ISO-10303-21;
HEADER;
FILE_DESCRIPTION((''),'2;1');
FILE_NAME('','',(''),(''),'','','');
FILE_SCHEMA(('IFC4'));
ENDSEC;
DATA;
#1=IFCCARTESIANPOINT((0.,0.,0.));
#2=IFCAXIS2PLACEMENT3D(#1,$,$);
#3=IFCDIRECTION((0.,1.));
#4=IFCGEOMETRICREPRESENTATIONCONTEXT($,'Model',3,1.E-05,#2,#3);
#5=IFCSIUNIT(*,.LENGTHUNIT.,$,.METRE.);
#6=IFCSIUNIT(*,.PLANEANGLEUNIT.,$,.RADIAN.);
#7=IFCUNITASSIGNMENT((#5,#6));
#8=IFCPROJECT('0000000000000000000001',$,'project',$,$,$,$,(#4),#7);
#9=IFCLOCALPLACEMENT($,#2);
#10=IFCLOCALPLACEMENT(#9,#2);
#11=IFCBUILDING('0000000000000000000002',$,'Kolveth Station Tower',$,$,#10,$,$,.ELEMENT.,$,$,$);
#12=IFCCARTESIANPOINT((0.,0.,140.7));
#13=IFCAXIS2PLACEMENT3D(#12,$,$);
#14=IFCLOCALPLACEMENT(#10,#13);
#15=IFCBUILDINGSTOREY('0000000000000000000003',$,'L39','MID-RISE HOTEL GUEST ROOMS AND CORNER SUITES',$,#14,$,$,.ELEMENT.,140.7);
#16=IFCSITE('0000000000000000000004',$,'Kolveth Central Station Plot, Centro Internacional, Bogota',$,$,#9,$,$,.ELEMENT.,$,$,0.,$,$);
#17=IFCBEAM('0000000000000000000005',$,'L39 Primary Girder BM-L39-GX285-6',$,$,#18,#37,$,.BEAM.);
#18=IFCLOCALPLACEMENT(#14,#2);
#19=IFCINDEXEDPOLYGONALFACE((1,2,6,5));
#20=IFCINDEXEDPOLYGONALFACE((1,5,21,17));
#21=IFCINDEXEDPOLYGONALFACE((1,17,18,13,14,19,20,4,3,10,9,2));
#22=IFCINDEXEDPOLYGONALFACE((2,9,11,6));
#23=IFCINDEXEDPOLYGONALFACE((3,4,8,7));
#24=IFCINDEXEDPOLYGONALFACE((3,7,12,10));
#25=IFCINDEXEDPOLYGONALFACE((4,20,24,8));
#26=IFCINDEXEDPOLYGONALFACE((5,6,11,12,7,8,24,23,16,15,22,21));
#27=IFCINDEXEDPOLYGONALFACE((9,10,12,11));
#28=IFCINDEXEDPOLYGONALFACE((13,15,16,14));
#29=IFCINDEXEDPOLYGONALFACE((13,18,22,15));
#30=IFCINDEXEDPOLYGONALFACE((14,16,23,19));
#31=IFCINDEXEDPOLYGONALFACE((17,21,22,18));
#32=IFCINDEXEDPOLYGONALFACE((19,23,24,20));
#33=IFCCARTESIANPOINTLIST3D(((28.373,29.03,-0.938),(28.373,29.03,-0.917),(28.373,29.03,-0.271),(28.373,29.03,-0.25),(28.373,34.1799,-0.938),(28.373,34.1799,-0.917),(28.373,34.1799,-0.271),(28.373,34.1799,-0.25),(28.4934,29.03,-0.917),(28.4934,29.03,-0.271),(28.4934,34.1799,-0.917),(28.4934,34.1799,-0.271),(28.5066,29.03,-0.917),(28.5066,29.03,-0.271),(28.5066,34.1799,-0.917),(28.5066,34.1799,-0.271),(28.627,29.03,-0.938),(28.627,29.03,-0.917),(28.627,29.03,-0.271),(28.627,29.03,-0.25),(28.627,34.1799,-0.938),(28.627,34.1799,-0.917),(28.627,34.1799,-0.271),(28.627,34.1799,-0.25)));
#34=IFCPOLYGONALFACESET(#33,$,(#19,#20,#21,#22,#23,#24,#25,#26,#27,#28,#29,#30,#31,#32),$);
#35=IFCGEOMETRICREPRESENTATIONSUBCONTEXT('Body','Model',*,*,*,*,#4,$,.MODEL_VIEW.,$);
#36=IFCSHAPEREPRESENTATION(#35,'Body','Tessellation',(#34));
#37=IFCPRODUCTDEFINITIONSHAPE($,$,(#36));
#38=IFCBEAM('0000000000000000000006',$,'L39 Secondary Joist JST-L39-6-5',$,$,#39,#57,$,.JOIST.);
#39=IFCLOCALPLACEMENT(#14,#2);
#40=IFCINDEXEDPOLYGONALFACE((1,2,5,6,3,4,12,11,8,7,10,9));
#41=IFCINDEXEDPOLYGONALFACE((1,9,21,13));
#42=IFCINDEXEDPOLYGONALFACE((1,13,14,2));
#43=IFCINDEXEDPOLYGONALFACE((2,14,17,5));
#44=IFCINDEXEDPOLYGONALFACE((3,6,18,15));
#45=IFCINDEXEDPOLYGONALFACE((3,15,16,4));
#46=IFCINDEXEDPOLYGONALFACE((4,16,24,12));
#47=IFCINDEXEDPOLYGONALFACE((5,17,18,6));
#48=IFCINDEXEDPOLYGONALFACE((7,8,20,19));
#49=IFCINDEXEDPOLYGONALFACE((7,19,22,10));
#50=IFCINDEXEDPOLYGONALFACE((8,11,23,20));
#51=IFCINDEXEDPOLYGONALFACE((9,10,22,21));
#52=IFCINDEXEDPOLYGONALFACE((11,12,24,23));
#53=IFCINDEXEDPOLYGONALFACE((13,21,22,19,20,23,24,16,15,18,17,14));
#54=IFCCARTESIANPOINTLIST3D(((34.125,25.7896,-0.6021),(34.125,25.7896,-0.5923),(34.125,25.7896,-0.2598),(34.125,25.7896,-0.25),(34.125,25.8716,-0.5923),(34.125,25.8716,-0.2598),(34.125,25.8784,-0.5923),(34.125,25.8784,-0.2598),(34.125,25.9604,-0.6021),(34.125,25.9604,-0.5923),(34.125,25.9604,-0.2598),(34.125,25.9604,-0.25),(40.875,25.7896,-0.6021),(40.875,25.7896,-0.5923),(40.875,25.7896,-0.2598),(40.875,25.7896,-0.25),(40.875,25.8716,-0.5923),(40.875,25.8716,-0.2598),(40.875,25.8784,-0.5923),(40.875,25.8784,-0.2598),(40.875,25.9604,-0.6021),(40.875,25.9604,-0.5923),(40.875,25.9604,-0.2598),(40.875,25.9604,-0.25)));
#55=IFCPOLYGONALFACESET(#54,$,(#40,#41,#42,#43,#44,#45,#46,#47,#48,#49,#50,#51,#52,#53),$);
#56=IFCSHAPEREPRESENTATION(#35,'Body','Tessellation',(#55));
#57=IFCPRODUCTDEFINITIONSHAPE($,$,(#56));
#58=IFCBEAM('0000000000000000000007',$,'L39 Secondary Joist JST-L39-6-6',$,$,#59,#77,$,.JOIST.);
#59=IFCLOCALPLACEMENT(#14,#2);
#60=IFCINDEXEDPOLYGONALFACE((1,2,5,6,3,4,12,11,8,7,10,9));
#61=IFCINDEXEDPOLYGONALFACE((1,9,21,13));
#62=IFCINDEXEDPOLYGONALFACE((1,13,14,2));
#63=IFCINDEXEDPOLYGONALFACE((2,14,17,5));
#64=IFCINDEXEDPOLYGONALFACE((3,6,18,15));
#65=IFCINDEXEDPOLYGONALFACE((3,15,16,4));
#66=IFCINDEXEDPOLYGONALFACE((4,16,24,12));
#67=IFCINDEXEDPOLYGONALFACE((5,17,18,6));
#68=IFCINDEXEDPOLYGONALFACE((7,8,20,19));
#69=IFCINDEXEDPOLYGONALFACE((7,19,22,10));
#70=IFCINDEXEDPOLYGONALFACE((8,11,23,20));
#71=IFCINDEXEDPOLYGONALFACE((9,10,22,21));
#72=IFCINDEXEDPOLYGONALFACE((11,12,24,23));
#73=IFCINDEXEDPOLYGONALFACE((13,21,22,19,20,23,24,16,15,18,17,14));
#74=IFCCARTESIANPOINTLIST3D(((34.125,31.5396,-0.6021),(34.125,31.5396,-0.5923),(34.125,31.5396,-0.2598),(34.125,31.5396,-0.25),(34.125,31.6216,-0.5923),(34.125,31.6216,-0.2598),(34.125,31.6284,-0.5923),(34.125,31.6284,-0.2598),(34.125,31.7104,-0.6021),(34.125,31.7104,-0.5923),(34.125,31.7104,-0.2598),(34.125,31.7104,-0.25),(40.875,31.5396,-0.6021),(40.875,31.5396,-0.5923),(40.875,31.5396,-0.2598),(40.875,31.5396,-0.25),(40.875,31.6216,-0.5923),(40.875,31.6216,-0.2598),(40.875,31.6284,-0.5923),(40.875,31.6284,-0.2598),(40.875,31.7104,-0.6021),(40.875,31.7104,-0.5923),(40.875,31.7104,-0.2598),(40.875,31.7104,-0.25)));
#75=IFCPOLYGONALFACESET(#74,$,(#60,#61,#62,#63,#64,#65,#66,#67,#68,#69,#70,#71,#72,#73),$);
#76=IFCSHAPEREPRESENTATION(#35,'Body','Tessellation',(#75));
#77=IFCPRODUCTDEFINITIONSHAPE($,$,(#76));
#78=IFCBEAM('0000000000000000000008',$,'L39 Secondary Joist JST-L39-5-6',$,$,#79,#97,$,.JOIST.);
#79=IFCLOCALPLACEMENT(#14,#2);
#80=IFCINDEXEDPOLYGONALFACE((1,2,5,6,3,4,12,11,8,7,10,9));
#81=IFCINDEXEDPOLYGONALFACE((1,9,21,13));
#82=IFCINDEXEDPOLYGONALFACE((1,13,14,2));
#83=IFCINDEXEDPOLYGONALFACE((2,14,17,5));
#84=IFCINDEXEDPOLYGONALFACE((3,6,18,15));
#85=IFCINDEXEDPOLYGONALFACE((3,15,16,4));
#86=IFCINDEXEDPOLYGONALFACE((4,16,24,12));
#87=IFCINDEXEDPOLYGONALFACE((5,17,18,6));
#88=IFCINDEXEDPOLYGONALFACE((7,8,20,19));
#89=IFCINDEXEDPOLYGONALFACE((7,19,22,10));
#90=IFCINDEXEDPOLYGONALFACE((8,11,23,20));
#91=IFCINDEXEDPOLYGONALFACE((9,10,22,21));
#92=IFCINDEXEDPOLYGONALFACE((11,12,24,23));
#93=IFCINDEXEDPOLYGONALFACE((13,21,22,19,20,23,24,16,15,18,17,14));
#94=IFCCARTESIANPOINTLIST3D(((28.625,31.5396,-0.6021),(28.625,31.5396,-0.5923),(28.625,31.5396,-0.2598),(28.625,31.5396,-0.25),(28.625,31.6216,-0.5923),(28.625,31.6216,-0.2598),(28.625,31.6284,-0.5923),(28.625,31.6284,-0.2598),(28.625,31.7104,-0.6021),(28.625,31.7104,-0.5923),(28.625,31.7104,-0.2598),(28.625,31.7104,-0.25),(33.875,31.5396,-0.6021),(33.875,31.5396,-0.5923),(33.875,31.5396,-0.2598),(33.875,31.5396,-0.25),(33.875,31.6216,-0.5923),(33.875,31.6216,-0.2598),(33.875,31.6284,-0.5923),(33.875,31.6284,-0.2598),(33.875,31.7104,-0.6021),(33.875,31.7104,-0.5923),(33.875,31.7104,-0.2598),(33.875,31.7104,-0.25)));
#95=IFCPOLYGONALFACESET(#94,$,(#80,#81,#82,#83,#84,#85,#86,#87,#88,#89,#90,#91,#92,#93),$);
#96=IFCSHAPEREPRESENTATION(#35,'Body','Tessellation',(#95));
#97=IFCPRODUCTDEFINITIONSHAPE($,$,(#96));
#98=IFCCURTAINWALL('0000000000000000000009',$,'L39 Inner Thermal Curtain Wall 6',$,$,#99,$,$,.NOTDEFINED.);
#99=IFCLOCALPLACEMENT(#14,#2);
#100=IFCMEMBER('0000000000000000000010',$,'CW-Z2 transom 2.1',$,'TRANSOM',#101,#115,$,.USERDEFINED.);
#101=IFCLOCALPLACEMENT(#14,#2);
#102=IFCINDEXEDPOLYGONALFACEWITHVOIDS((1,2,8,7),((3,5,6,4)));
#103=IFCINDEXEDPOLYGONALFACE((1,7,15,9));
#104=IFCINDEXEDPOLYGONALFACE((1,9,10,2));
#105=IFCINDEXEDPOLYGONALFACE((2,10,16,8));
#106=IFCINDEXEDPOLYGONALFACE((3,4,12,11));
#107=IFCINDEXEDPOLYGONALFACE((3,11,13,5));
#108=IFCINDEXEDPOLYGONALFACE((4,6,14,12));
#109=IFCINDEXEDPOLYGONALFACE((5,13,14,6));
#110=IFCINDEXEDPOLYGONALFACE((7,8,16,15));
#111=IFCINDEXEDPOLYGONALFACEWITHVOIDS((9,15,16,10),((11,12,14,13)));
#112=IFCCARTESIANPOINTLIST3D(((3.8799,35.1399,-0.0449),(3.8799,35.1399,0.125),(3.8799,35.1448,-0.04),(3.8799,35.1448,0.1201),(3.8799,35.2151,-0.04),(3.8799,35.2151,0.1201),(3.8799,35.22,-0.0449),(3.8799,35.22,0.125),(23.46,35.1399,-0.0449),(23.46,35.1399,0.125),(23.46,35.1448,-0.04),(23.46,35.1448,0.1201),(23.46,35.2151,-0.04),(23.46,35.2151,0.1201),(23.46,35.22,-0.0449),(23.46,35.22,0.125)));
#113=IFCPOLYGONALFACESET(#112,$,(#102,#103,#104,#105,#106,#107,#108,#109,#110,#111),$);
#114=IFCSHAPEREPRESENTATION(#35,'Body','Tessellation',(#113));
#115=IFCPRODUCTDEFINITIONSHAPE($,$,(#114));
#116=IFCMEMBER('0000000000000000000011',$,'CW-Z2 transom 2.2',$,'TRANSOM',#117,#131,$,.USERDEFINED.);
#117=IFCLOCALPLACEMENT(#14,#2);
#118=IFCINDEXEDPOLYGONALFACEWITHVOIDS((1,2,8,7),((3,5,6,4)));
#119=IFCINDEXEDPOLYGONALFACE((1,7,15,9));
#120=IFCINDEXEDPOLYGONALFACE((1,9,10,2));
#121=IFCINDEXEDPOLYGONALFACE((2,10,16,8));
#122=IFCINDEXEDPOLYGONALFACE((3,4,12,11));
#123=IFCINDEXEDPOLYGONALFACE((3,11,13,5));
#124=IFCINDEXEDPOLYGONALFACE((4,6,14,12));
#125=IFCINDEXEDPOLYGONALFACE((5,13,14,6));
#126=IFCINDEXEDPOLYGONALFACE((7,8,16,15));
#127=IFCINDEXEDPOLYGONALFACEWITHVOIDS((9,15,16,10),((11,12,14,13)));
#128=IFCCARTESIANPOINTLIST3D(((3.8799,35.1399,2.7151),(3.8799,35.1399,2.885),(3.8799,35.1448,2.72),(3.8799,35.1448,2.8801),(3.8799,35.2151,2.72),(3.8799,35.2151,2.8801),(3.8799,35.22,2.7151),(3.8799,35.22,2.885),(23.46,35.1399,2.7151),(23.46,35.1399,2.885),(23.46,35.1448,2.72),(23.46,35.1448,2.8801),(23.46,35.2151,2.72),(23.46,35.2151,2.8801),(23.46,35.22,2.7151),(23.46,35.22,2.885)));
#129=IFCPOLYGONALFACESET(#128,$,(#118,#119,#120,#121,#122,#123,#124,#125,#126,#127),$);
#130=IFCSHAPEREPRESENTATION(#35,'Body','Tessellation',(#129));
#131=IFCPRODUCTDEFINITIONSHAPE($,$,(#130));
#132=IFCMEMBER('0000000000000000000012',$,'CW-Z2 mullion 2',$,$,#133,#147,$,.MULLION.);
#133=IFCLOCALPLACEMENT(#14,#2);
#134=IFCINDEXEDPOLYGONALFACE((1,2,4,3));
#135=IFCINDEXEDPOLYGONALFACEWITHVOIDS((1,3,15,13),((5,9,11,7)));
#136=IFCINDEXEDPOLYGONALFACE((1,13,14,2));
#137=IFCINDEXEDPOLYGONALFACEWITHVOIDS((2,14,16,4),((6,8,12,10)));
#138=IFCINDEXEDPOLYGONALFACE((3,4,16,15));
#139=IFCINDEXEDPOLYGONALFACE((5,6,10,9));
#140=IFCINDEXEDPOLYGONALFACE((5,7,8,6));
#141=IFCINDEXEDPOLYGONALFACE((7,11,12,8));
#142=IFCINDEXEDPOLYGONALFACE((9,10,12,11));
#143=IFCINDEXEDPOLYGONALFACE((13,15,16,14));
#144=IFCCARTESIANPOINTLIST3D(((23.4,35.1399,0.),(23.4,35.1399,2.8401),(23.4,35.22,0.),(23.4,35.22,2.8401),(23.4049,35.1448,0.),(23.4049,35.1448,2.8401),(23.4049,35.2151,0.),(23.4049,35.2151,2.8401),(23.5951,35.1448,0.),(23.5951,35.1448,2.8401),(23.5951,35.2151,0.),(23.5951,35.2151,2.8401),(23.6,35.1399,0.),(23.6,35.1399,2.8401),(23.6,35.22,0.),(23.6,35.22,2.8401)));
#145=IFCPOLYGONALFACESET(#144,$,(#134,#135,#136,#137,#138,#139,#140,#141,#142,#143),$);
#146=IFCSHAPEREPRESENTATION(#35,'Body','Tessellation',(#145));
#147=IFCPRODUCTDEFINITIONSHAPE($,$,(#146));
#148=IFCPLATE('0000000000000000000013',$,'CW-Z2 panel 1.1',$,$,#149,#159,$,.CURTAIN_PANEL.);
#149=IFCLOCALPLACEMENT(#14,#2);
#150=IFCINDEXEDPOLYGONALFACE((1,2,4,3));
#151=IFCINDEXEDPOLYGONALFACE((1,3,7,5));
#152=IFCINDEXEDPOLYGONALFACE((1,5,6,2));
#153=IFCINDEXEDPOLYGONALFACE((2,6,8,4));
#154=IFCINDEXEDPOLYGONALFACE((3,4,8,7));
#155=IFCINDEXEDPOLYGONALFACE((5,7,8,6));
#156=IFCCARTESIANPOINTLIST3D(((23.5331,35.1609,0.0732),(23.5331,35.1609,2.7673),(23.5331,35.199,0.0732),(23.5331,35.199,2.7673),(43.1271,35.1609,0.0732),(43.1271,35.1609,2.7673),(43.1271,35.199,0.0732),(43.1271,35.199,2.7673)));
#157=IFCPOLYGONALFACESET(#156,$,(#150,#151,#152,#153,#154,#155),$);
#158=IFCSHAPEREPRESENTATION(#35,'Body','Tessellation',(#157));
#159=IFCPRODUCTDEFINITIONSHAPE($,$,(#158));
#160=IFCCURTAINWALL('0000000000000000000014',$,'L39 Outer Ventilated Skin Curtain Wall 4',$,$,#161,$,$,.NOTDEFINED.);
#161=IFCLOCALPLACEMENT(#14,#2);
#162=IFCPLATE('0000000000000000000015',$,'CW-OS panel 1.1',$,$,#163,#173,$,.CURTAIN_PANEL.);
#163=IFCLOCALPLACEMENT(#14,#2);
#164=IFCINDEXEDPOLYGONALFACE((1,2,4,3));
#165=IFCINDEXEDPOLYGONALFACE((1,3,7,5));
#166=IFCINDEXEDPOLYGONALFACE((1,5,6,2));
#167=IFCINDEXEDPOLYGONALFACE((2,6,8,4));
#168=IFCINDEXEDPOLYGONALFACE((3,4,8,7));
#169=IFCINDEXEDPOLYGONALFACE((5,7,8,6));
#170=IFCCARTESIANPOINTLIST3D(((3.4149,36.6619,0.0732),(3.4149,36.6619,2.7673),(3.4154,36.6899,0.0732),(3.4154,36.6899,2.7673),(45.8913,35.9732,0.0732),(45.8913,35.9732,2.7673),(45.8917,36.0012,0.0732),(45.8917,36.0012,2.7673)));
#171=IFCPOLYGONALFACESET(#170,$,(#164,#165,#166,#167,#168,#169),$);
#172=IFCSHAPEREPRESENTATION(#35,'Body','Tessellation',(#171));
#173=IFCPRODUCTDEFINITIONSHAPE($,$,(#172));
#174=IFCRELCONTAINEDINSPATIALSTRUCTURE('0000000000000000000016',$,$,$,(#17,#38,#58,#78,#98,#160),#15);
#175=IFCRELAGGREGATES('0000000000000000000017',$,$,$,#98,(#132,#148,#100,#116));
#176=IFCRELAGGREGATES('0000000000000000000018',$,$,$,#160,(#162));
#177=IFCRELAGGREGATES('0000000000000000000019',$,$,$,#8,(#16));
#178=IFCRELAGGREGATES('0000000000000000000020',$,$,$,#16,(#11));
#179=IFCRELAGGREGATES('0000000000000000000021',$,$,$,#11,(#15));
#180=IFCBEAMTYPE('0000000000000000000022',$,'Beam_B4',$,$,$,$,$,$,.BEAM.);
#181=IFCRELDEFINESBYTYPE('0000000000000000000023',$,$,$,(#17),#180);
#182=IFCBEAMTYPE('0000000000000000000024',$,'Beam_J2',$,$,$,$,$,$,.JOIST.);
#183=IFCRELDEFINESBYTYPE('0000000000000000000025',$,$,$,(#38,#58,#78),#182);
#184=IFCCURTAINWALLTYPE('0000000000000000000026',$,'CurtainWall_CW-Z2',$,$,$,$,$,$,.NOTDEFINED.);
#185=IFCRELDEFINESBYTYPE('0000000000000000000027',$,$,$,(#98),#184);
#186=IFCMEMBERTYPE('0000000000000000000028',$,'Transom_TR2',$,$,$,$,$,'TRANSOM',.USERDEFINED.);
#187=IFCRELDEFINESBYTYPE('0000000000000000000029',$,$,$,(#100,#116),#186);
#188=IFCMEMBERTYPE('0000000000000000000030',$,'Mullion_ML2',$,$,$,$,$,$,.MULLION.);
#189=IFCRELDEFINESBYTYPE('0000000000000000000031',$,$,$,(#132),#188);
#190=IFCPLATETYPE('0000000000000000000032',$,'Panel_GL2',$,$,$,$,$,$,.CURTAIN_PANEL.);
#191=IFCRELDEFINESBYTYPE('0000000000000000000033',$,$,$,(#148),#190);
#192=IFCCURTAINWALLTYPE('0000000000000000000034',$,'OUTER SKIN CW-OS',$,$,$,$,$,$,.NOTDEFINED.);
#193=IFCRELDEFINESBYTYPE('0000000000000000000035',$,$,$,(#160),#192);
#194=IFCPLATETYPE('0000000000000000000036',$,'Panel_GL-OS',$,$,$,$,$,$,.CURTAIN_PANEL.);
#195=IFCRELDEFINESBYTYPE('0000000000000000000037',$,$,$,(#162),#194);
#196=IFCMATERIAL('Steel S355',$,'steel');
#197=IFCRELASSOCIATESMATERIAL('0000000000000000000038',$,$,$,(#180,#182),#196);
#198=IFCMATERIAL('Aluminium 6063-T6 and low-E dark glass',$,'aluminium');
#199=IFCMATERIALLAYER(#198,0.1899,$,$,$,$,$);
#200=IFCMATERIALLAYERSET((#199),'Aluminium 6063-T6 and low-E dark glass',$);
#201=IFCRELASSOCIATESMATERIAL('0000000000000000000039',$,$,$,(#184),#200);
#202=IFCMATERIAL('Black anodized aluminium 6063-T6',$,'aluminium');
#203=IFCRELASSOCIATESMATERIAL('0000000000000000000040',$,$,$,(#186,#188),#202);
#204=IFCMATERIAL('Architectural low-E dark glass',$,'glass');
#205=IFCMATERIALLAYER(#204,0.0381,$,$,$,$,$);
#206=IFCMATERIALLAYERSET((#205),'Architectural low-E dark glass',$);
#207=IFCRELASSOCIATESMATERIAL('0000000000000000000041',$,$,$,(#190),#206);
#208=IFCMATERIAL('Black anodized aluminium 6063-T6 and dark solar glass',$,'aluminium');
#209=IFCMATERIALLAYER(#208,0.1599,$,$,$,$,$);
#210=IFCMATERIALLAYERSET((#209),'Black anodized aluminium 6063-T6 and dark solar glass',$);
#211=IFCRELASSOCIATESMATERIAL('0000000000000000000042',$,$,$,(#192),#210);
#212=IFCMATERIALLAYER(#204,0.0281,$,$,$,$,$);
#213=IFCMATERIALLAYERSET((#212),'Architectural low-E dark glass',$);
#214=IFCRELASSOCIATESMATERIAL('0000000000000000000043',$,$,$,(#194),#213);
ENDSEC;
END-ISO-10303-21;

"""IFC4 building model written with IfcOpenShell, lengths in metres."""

from ifc_helpers import new_model, si_unit, direction, frame, origin, origin_2d, place, context, subcontext, project, spatial, rectangle, hollow_rectangle, i_section, extrude, source, transform, mapped, material, layer, layer_set, material_profile, profile_set, type_object, element, aggregate, save


model = new_model("IFC4")

# Units and contexts
model_context = context("Model", 3, precision=1e-05, world=origin(), true_north=direction((0.0, 1.0)))
body_context = subcontext(model_context, "Body", "Model", "MODEL_VIEW")
ifc_project = project(units=[si_unit("LENGTHUNIT", "METRE"), si_unit("PLANEANGLEUNIT", "RADIAN")], contexts=[model_context])

# Site, building, storey
site_placement = place(None, origin())
site = spatial("IfcSite", under=ifc_project, at=site_placement, Name="Kolveth Central Station Plot, Centro Internacional, Bogota", CompositionType="ELEMENT", RefElevation=0.0)
building_placement = place(site_placement, origin())
building = spatial("IfcBuilding", under=site, at=building_placement, Name="Kolveth Station Tower", CompositionType="ELEMENT")
storey_placement = place(building_placement, frame((0.0, 0.0, 140.7)))
storey = spatial("IfcBuildingStorey", under=building, at=storey_placement, Name="L39", Description="MID-RISE HOTEL GUEST ROOMS AND CORNER SUITES", CompositionType="ELEMENT", Elevation=140.7)

# Shared definitions
ifc_material_1 = material(Name="Steel S355", Category="steel")

# Beams
ifc_material_profile_1 = material_profile(ifc_material_1, i_section(OverallWidth=0.2539, OverallDepth=0.688, WebThickness=0.0132, FlangeThickness=0.021, at=origin_2d()), Name="W690x152")
ifc_profile_set_1 = profile_set([ifc_material_profile_1], Name="Steel S355")
beam_type_1 = type_object("IfcBeamType", Name="Beam_B4", PredefinedType="BEAM", material=ifc_profile_set_1)
shared_shape_1 = source(origin(), body_context, "Body", "SweptSolid", [
    extrude(i_section(OverallWidth=0.2539, OverallDepth=0.688, WebThickness=0.0132, FlangeThickness=0.021, at=origin_2d()), origin(), (0.0, 0.0, 1.0), 5.1499),
])
beam_1_placement = place(storey_placement, frame((28.5, 29.03, -0.594), z_axis=(0.0, 1.0, 0.0), x_axis=(-1.0, 0.0, 0.0)))
element("IfcBeam", 1, at=beam_1_placement, inside=storey, type_object=beam_type_1, Name="L39 Primary Girder BM-L39-GX285-6", PredefinedType="BEAM", context=body_context, shape_type="MappedRepresentation", body=[
    mapped(shared_shape_1, transform((0.0, 0.0, 0.0), x_axis=(1.0, 0.0, 0.0), y_axis=(0.0, 1.0, 0.0), z_axis=(0.0, 0.0, 1.0), scale=1.0)),
])
ifc_material_profile_2 = material_profile(ifc_material_1, i_section(OverallWidth=0.1709, OverallDepth=0.3521, WebThickness=0.0068, FlangeThickness=0.0098, at=origin_2d()), Name="W360x44")
ifc_profile_set_2 = profile_set([ifc_material_profile_2], Name="Steel S355")
beam_type_2 = type_object("IfcBeamType", Name="Beam_J2", PredefinedType="JOIST", material=ifc_profile_set_2)
shared_shape_2 = source(origin(), body_context, "Body", "SweptSolid", [
    extrude(i_section(OverallWidth=0.1709, OverallDepth=0.3521, WebThickness=0.0068, FlangeThickness=0.0098, at=origin_2d()), origin(), (0.0, 0.0, 1.0), 6.75),
])
for number, where, z_axis, x_axis, name in (
    (2, (34.125, 25.875, -0.426), (1.0, 0.0, 0.0), (0.0, 1.0, 0.0), "L39 Secondary Joist JST-L39-6-5"),
    (3, (34.125, 31.625, -0.426), (1.0, 0.0, 0.0), (0.0, 1.0, 0.0), "L39 Secondary Joist JST-L39-6-6"),
):
    element("IfcBeam", number, at=place(storey_placement, frame(where, z_axis=z_axis, x_axis=x_axis)), inside=storey, type_object=beam_type_2, Name=name, PredefinedType="JOIST", context=body_context, shape_type="MappedRepresentation", body=[
        mapped(shared_shape_2, transform((0.0, 0.0, 0.0), x_axis=(1.0, 0.0, 0.0), y_axis=(0.0, 1.0, 0.0), z_axis=(0.0, 0.0, 1.0), scale=1.0)),
    ])
shared_shape_3 = source(origin(), body_context, "Body", "SweptSolid", [
    extrude(i_section(OverallWidth=0.1709, OverallDepth=0.3521, WebThickness=0.0068, FlangeThickness=0.0098, at=origin_2d()), origin(), (0.0, 0.0, 1.0), 5.25),
])
beam_2_placement = place(storey_placement, frame((28.625, 31.625, -0.426), z_axis=(1.0, 0.0, 0.0), x_axis=(0.0, 1.0, 0.0)))
element("IfcBeam", 4, at=beam_2_placement, inside=storey, type_object=beam_type_2, Name="L39 Secondary Joist JST-L39-5-6", PredefinedType="JOIST", context=body_context, shape_type="MappedRepresentation", body=[
    mapped(shared_shape_3, transform((0.0, 0.0, 0.0), x_axis=(1.0, 0.0, 0.0), y_axis=(0.0, 1.0, 0.0), z_axis=(0.0, 0.0, 1.0), scale=1.0)),
])

# Curtain wall, members, plate
ifc_material_2 = material(Name="Aluminium 6063-T6 and low-E dark glass", Category="aluminium")
ifc_layer_1 = layer(ifc_material_2, 0.1899)
ifc_layer_set_1 = layer_set([ifc_layer_1], Name="Aluminium 6063-T6 and low-E dark glass")
curtain_wall_type_1 = type_object("IfcCurtainWallType", Name="CurtainWall_CW-Z2", PredefinedType="NOTDEFINED", material=ifc_layer_set_1)
curtain_wall_1_placement = place(storey_placement, origin())
curtain_wall_1 = element("IfcCurtainWall", 5, at=curtain_wall_1_placement, inside=storey, type_object=curtain_wall_type_1, Name="L39 Inner Thermal Curtain Wall 6", PredefinedType="NOTDEFINED")
ifc_material_3 = material(Name="Black anodized aluminium 6063-T6", Category="aluminium")
ifc_material_profile_3 = material_profile(ifc_material_3, hollow_rectangle(XDim=0.0801, YDim=0.1699, WallThickness=0.0049, at=origin_2d()), Name="ALU-80x170x5")
ifc_profile_set_3 = profile_set([ifc_material_profile_3], Name="Black anodized aluminium 6063-T6")
member_type_1 = type_object("IfcMemberType", Name="Transom_TR2", ElementType="TRANSOM", PredefinedType="USERDEFINED", material=ifc_profile_set_3)
shared_shape_4 = source(origin(), body_context, "Body", "SweptSolid", [
    extrude(hollow_rectangle(XDim=0.0801, YDim=0.1699, WallThickness=0.0049, at=origin_2d()), origin(), (0.0, 0.0, 1.0), 19.5801),
])
member_1_placement = place(storey_placement, frame((23.46, 35.1799, 0.04), z_axis=(-1.0, 0.0, 0.0), x_axis=(0.0, -1.0, 0.0)))
member_1 = element("IfcMember", 6, at=member_1_placement, type_object=member_type_1, Name="CW-Z2 transom 2.1", ObjectType="TRANSOM", PredefinedType="USERDEFINED", context=body_context, shape_type="MappedRepresentation", body=[
    mapped(shared_shape_4, transform((0.0, 0.0, 0.0), x_axis=(1.0, 0.0, 0.0), y_axis=(0.0, 1.0, 0.0), z_axis=(0.0, 0.0, 1.0), scale=1.0)),
])
member_2_placement = place(storey_placement, frame((23.46, 35.1799, 2.8), z_axis=(-1.0, 0.0, 0.0), x_axis=(0.0, -1.0, 0.0)))
member_2 = element("IfcMember", 7, at=member_2_placement, type_object=member_type_1, Name="CW-Z2 transom 2.2", ObjectType="TRANSOM", PredefinedType="USERDEFINED", context=body_context, shape_type="MappedRepresentation", body=[
    mapped(shared_shape_4, transform((0.0, 0.0, 0.0), x_axis=(1.0, 0.0, 0.0), y_axis=(0.0, 1.0, 0.0), z_axis=(0.0, 0.0, 1.0), scale=1.0)),
])
ifc_material_profile_4 = material_profile(ifc_material_3, hollow_rectangle(XDim=0.0801, YDim=0.2, WallThickness=0.0049, at=origin_2d()), Name="ALU-80x200x5")
ifc_profile_set_4 = profile_set([ifc_material_profile_4], Name="Black anodized aluminium 6063-T6")
member_type_2 = type_object("IfcMemberType", Name="Mullion_ML2", PredefinedType="MULLION", material=ifc_profile_set_4)
shared_shape_5 = source(origin(), body_context, "Body", "SweptSolid", [
    extrude(hollow_rectangle(XDim=0.0801, YDim=0.2, WallThickness=0.0049, at=origin_2d()), origin(), (0.0, 0.0, 1.0), 2.8401),
])
member_3_placement = place(storey_placement, frame((23.5, 35.1799, 0.0), z_axis=(0.0, 0.0, 1.0), x_axis=(0.0, -1.0, 0.0)))
member_3 = element("IfcMember", 8, at=member_3_placement, type_object=member_type_2, Name="CW-Z2 mullion 2", PredefinedType="MULLION", context=body_context, shape_type="MappedRepresentation", body=[
    mapped(shared_shape_5, transform((0.0, 0.0, 0.0), x_axis=(1.0, 0.0, 0.0), y_axis=(0.0, 1.0, 0.0), z_axis=(0.0, 0.0, 1.0), scale=1.0)),
])
ifc_material_4 = material(Name="Architectural low-E dark glass", Category="glass")
ifc_layer_2 = layer(ifc_material_4, 0.0381)
ifc_layer_set_2 = layer_set([ifc_layer_2], Name="Architectural low-E dark glass")
plate_type_1 = type_object("IfcPlateType", Name="Panel_GL2", PredefinedType="CURTAIN_PANEL", material=ifc_layer_set_2)
shared_shape_6 = source(origin(), body_context, "Body", "SweptSolid", [
    extrude(rectangle(XDim=19.594, YDim=0.0381, at=origin_2d()), origin(), (0.0, 0.0, 1.0), 2.6941),
])
plate_1_placement = place(storey_placement, frame((33.3301, 35.1799, 0.0732), z_axis=(0.0, 0.0, 1.0), x_axis=(-1.0, 0.0, 0.0)))
plate_1 = element("IfcPlate", 9, at=plate_1_placement, type_object=plate_type_1, Name="CW-Z2 panel 1.1", PredefinedType="CURTAIN_PANEL", context=body_context, shape_type="MappedRepresentation", body=[
    mapped(shared_shape_6, transform((0.0, 0.0, 0.0), x_axis=(1.0, 0.0, 0.0), y_axis=(0.0, 1.0, 0.0), z_axis=(0.0, 0.0, 1.0), scale=1.0)),
])
aggregate(curtain_wall_1, [member_3, plate_1, member_1, member_2])

# Curtain wall, plate
ifc_material_5 = material(Name="Black anodized aluminium 6063-T6 and dark solar glass", Category="aluminium")
ifc_layer_3 = layer(ifc_material_5, 0.1599)
ifc_layer_set_3 = layer_set([ifc_layer_3], Name="Black anodized aluminium 6063-T6 and dark solar glass")
curtain_wall_type_2 = type_object("IfcCurtainWallType", Name="OUTER SKIN CW-OS", PredefinedType="NOTDEFINED", material=ifc_layer_set_3)
curtain_wall_2_placement = place(storey_placement, origin())
curtain_wall_2 = element("IfcCurtainWall", 10, at=curtain_wall_2_placement, inside=storey, type_object=curtain_wall_type_2, Name="L39 Outer Ventilated Skin Curtain Wall 4", PredefinedType="NOTDEFINED")
ifc_layer_4 = layer(ifc_material_4, 0.0281)
ifc_layer_set_4 = layer_set([ifc_layer_4], Name="Architectural low-E dark glass")
plate_type_2 = type_object("IfcPlateType", Name="Panel_GL-OS", PredefinedType="CURTAIN_PANEL", material=ifc_layer_set_4)
shared_shape_7 = source(origin(), body_context, "Body", "SweptSolid", [
    extrude(rectangle(XDim=42.4819, YDim=0.0281, at=origin_2d()), origin(), (0.0, 0.0, 1.0), 2.6941),
])
plate_2_placement = place(storey_placement, frame((24.6533, 36.3315, 0.0732), z_axis=(0.0, 0.0, 1.0), x_axis=(-0.999869, 0.016212, 0.0)))
plate_2 = element("IfcPlate", 11, at=plate_2_placement, type_object=plate_type_2, Name="CW-OS panel 1.1", PredefinedType="CURTAIN_PANEL", context=body_context, shape_type="MappedRepresentation", body=[
    mapped(shared_shape_7, transform((0.0, 0.0, 0.0), x_axis=(1.0, 0.0, 0.0), y_axis=(0.0, 1.0, 0.0), z_axis=(0.0, 0.0, 1.0), scale=1.0)),
])
aggregate(curtain_wall_2, [plate_2])

save(model, "model.ifc")
